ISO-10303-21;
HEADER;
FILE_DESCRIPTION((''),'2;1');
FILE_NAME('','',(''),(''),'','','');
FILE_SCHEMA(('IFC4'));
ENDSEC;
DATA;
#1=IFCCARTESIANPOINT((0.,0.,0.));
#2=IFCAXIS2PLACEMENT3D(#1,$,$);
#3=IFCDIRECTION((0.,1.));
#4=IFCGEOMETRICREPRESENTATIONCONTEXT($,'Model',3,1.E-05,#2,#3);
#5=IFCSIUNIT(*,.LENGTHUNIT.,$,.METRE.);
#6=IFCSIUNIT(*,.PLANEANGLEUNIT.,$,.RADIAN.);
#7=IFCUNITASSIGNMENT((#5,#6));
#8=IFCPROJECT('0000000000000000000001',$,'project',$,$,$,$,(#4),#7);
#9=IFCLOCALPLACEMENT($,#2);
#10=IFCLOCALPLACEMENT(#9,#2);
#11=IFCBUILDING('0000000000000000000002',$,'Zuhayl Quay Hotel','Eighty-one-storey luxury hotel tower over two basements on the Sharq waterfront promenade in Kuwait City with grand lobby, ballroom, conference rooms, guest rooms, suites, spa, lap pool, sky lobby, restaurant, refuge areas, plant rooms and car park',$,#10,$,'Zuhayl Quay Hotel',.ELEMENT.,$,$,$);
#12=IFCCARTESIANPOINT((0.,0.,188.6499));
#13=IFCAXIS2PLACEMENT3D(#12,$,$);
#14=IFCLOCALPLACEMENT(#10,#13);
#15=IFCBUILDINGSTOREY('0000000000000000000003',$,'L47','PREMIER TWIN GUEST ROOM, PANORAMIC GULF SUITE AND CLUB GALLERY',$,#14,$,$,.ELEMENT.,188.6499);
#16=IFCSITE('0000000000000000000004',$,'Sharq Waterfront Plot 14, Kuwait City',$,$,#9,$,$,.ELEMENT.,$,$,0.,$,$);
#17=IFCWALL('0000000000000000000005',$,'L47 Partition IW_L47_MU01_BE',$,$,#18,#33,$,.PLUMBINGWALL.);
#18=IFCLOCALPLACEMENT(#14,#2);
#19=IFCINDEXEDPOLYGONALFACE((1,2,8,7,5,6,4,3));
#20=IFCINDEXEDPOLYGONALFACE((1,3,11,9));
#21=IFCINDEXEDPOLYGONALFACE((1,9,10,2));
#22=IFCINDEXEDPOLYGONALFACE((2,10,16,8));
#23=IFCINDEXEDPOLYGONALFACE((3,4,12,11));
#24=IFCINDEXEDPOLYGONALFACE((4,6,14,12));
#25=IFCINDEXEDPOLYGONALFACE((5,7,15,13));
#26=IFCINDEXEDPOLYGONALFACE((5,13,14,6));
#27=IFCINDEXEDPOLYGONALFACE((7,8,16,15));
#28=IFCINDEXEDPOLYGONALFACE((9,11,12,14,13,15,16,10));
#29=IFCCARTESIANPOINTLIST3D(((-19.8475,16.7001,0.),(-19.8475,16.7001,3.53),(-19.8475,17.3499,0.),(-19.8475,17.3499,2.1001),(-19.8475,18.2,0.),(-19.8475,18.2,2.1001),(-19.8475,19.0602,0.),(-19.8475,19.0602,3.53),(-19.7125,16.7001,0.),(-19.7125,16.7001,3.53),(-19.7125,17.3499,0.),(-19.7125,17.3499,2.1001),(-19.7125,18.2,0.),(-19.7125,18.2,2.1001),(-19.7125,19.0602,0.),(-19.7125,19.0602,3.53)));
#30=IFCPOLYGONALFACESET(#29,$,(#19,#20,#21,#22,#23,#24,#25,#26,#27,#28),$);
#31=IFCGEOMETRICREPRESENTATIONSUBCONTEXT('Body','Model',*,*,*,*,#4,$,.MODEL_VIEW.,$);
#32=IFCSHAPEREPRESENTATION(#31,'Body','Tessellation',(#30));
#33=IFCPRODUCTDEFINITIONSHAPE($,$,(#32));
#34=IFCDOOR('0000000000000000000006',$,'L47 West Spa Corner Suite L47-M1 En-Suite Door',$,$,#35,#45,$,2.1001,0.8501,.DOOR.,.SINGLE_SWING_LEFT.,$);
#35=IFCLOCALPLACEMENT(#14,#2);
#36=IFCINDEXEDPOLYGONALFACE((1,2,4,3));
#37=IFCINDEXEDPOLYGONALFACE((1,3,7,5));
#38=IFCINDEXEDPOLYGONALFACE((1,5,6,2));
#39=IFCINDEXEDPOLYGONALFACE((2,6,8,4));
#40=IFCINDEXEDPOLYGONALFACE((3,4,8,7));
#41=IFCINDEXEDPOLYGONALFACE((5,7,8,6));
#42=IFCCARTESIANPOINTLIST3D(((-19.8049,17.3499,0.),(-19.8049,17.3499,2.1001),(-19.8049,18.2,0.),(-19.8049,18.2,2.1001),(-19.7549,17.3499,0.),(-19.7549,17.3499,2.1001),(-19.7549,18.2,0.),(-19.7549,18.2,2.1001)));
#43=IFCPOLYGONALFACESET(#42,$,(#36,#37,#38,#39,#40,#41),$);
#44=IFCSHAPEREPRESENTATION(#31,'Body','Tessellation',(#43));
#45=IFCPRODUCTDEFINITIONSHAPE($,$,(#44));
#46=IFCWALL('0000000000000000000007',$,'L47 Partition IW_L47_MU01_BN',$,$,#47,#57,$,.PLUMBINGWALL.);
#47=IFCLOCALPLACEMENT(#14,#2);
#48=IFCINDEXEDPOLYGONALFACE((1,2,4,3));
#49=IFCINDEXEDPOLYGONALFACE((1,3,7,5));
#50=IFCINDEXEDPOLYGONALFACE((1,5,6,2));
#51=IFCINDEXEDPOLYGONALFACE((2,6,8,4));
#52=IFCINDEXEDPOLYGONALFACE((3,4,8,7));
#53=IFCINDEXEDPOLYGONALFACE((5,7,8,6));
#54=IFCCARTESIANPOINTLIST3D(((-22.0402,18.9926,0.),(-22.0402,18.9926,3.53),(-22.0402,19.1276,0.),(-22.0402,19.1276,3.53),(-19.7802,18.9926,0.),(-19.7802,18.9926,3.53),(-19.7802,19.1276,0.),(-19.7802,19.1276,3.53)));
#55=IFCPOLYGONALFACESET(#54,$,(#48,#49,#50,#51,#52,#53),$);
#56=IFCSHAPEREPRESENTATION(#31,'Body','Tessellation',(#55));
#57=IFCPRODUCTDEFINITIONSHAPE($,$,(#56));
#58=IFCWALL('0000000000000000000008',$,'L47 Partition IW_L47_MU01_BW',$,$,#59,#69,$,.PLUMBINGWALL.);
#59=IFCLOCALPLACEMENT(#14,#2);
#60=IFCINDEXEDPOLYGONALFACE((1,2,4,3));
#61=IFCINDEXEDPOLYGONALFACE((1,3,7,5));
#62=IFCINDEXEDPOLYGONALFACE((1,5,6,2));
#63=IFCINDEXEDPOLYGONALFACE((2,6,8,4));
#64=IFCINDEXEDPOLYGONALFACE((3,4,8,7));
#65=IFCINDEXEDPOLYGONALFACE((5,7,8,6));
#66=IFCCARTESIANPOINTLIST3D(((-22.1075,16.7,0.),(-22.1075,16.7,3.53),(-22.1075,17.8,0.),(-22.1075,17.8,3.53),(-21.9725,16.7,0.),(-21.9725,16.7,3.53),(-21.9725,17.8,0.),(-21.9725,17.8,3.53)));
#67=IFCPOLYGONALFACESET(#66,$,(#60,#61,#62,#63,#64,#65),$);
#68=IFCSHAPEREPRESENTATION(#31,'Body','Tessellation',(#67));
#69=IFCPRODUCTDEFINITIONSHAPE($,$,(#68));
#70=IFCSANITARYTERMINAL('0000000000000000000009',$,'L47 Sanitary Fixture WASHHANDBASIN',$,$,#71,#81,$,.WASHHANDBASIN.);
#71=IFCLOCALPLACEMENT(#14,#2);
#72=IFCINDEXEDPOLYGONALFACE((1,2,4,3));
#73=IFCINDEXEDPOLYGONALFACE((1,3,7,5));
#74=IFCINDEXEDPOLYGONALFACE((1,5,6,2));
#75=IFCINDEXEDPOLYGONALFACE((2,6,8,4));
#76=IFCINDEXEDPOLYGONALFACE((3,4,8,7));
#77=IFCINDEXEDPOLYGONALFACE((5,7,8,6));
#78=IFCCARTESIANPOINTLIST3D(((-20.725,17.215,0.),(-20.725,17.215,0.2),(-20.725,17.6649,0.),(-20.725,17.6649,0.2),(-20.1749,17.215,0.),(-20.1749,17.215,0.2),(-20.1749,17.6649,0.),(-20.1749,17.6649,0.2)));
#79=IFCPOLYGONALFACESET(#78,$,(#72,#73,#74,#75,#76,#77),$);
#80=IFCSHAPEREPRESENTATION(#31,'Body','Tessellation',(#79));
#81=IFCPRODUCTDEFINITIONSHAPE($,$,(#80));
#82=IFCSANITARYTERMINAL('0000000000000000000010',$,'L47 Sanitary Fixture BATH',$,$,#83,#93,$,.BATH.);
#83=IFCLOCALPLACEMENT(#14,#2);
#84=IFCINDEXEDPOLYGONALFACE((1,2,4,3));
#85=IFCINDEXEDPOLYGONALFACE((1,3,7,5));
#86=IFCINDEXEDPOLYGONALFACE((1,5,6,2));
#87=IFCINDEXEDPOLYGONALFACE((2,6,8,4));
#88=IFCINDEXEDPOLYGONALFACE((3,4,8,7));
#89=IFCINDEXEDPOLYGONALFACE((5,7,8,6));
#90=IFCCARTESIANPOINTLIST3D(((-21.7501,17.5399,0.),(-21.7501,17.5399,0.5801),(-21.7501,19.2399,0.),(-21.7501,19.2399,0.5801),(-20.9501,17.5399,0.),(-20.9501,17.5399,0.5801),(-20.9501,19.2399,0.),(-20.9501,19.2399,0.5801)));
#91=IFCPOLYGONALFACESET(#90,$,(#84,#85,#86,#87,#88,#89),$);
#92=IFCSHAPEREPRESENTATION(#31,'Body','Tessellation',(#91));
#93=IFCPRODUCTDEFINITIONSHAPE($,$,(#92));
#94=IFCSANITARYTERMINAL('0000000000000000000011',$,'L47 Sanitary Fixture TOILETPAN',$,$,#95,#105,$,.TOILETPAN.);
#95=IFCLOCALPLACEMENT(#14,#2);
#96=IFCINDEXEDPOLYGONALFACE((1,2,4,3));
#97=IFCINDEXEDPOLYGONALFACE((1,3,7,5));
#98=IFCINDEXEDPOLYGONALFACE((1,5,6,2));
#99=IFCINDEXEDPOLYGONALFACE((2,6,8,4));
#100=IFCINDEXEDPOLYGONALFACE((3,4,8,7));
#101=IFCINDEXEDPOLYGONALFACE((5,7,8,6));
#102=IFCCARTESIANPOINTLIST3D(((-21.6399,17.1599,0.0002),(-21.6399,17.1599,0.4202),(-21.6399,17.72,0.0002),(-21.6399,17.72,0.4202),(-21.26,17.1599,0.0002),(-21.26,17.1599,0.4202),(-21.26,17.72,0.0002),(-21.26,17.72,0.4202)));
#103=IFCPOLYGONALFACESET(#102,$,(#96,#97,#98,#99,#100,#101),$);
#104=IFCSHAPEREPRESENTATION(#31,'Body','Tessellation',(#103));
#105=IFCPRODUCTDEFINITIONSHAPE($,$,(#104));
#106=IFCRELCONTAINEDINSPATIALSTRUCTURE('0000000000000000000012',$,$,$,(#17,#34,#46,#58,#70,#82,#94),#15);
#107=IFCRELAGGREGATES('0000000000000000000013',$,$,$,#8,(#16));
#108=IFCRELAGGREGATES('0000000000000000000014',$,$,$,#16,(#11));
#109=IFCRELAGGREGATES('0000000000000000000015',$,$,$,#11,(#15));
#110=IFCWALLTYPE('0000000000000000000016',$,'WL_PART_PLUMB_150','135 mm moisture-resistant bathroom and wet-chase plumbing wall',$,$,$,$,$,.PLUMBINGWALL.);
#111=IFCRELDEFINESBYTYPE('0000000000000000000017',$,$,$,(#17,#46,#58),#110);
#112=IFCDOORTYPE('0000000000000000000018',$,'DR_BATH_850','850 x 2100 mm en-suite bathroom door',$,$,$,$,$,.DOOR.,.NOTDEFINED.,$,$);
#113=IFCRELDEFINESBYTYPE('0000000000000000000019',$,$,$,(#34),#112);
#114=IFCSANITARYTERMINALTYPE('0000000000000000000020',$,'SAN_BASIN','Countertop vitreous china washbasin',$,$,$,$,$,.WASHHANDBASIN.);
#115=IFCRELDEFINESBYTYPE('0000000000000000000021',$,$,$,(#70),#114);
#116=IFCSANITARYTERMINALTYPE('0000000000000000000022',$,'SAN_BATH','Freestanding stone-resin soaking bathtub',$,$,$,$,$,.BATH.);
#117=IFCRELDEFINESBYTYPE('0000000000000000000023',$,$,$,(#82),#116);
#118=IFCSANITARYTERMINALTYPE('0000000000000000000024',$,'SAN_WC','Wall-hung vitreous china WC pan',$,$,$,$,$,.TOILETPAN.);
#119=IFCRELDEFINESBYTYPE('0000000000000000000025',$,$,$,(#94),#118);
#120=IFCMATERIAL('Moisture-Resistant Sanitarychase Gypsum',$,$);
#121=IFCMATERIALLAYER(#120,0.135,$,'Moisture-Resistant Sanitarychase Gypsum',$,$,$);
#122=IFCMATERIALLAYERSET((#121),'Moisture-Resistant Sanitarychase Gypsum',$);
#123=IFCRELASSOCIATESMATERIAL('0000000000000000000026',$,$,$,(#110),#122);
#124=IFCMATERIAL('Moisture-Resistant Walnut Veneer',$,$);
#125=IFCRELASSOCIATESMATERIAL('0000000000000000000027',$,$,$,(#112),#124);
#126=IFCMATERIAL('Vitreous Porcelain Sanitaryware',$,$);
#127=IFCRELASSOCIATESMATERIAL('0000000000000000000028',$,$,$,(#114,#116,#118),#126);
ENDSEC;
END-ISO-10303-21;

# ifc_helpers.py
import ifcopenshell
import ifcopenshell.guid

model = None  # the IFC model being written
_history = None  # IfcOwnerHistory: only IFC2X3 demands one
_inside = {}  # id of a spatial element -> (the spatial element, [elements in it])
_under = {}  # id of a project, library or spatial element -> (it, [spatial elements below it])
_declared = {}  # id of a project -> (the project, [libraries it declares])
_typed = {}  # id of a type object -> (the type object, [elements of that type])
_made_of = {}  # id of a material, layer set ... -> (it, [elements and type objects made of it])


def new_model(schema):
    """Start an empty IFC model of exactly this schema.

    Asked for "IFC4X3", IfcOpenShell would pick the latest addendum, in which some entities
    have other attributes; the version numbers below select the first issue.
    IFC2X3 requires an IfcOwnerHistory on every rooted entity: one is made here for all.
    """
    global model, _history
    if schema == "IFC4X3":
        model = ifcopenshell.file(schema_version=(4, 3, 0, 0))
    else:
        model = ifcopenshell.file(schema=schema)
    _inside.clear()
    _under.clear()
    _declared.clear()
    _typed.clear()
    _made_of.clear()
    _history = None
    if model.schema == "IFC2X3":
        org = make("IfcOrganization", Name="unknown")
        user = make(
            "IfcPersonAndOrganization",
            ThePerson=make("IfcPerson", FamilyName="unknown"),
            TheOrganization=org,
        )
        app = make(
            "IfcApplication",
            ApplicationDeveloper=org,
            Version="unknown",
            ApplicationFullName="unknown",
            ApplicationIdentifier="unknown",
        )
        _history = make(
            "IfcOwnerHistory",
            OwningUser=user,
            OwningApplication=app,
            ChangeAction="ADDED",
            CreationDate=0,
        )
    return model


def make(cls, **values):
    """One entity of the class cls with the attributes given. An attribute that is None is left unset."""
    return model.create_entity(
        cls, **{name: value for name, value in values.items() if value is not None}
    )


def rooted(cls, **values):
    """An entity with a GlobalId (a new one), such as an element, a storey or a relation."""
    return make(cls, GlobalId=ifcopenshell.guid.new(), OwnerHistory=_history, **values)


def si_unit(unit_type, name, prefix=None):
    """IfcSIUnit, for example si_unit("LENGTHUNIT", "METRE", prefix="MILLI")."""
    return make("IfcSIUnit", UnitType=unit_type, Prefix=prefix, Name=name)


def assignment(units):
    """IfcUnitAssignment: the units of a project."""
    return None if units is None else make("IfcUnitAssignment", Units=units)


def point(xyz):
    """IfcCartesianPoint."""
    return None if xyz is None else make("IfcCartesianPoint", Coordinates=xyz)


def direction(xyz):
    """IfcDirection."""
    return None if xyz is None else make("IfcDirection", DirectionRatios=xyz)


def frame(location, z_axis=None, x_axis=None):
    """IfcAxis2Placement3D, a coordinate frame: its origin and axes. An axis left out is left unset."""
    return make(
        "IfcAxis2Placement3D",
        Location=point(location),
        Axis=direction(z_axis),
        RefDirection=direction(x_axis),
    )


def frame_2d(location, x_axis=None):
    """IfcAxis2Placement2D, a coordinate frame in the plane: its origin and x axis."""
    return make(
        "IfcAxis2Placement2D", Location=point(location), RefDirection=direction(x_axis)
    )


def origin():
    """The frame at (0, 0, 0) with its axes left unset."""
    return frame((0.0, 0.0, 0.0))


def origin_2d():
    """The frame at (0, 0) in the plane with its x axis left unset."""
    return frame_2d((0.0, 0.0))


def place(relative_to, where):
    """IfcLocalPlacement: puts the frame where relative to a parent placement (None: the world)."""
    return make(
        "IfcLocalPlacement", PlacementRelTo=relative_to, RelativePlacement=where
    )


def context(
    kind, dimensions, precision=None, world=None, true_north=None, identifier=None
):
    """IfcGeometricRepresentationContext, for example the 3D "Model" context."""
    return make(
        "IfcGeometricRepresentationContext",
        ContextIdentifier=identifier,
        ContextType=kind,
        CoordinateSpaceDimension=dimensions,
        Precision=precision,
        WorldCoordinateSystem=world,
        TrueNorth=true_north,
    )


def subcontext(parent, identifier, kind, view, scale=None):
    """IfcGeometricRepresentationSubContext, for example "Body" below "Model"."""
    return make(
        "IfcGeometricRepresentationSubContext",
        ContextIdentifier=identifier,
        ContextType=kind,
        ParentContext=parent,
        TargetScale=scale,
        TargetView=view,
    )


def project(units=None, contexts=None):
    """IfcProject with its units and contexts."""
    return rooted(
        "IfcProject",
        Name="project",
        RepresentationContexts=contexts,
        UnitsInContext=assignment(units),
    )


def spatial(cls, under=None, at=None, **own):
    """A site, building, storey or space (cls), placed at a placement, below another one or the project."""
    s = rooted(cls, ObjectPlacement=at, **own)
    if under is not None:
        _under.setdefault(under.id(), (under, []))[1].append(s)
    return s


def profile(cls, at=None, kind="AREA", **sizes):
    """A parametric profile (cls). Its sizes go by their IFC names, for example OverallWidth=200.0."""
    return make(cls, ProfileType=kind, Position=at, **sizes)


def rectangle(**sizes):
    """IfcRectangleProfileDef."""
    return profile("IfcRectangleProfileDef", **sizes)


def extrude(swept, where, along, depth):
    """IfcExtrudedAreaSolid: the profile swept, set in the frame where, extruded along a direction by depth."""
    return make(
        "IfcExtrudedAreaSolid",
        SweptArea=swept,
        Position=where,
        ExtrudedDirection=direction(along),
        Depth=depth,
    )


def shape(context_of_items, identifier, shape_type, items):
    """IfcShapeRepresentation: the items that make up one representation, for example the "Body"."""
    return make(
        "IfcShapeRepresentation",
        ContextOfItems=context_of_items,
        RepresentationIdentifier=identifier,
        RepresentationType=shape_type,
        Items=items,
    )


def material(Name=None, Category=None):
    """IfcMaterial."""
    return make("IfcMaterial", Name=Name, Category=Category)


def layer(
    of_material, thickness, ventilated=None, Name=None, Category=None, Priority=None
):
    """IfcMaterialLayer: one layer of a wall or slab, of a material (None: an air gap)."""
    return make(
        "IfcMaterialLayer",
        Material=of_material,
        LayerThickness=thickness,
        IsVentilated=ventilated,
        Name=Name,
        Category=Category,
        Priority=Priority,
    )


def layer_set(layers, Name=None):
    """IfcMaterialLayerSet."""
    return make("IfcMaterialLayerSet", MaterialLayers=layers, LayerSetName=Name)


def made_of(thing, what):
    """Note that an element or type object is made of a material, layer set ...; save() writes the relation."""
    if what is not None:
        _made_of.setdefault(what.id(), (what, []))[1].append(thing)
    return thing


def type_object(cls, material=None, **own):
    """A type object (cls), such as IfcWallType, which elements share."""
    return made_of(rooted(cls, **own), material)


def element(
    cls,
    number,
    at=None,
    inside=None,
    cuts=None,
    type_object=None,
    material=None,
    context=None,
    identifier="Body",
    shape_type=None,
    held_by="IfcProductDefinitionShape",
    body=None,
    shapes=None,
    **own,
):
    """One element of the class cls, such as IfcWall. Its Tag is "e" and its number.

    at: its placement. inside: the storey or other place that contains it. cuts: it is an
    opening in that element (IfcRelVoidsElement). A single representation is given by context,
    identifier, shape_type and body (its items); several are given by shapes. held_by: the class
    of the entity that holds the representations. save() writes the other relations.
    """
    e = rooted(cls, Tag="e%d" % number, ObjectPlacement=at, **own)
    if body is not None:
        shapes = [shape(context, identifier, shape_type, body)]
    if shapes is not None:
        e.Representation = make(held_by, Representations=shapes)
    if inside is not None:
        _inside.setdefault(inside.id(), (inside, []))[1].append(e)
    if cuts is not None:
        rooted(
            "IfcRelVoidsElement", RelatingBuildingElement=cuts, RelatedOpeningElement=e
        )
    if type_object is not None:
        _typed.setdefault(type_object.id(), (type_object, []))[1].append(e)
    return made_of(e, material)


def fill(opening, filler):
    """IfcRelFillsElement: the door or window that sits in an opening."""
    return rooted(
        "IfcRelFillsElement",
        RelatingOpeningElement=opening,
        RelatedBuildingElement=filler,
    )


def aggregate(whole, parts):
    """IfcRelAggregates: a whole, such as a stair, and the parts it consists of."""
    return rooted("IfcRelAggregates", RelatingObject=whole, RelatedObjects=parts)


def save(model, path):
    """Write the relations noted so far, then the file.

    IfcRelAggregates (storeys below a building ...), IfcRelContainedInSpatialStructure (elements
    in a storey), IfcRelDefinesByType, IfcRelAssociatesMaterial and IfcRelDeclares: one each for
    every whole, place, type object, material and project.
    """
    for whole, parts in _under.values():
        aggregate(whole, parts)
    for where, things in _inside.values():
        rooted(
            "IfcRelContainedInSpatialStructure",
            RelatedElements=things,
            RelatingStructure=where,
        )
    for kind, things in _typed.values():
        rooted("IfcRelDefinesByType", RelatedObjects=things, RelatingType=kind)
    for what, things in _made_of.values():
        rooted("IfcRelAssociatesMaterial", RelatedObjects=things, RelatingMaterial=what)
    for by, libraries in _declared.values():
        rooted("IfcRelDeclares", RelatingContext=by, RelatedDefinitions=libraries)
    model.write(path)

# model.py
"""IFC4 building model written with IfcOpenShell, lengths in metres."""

from ifc_helpers import new_model, si_unit, direction, frame, frame_2d, origin, origin_2d, place, context, subcontext, project, spatial, rectangle, extrude, material, layer, layer_set, type_object, element, fill, save


model = new_model("IFC4")

# Units and contexts
model_context = context("Model", 3, precision=1e-05, world=origin(), true_north=direction((0.0, 1.0)))
body_context = subcontext(model_context, "Body", "Model", "MODEL_VIEW")
ifc_project = project(units=[si_unit("LENGTHUNIT", "METRE"), si_unit("PLANEANGLEUNIT", "RADIAN")], contexts=[model_context])

# Site, building, storey
site_placement = place(None, origin())
site = spatial("IfcSite", under=ifc_project, at=site_placement, Name="Sharq Waterfront Plot 14, Kuwait City", CompositionType="ELEMENT", RefElevation=0.0)
building_placement = place(site_placement, origin())
building = spatial("IfcBuilding", under=site, at=building_placement, Name="Zuhayl Quay Hotel", Description="Eighty-one-storey luxury hotel tower over two basements on the Sharq waterfront promenade in Kuwait City with grand lobby, ballroom, conference rooms, guest rooms, suites, spa, lap pool, sky lobby, restaurant, refuge areas, plant rooms and car park", LongName="Zuhayl Quay Hotel", CompositionType="ELEMENT")
storey_placement = place(building_placement, frame((0.0, 0.0, 188.6499)))
storey = spatial("IfcBuildingStorey", under=building, at=storey_placement, Name="L47", Description="PREMIER TWIN GUEST ROOM, PANORAMIC GULF SUITE AND CLUB GALLERY", CompositionType="ELEMENT", Elevation=188.6499)

# Wall, opening, door
ifc_material_1 = material(Name="Moisture-Resistant Sanitarychase Gypsum")
ifc_layer_1 = layer(ifc_material_1, 0.135, Name="Moisture-Resistant Sanitarychase Gypsum")
ifc_layer_set_1 = layer_set([ifc_layer_1], Name="Moisture-Resistant Sanitarychase Gypsum")
wall_type_1 = type_object("IfcWallType", Name="WL_PART_PLUMB_150", Description="135 mm moisture-resistant bathroom and wet-chase plumbing wall", PredefinedType="PLUMBINGWALL", material=ifc_layer_set_1)
wall_1_placement = place(storey_placement, frame((-19.78, 16.7, 0.0), z_axis=(0.0, 0.0, 1.0), x_axis=(0.0, 1.0, 0.0)))
wall_1 = element("IfcWall", 1, at=wall_1_placement, inside=storey, type_object=wall_type_1, Name="L47 Partition IW_L47_MU01_BE", PredefinedType="PLUMBINGWALL", context=body_context, shape_type="SweptSolid", body=[
    extrude(rectangle(XDim=2.3601, YDim=0.135, at=frame_2d((1.1802, 0.0))), origin(), (0.0, 0.0, 1.0), 3.53),
])
opening_1_placement = place(wall_1_placement, frame((0.6499, 0.0, 0.0)))
opening_1 = element("IfcOpeningElement", 2, at=opening_1_placement, cuts=wall_1, PredefinedType="OPENING", context=body_context, shape_type="SweptSolid", body=[
    extrude(rectangle(XDim=0.8501, YDim=2.1001, at=frame_2d((0.425, 1.05))), frame((0.0, 0.0774, 0.0), z_axis=(0.0, -1.0, 0.0), x_axis=(1.0, 0.0, 0.0)), (0.0, 0.0, 1.0), 0.155),
])
ifc_material_2 = material(Name="Moisture-Resistant Walnut Veneer")
door_type_1 = type_object("IfcDoorType", Name="DR_BATH_850", Description="850 x 2100 mm en-suite bathroom door", OperationType="NOTDEFINED", PredefinedType="DOOR", material=ifc_material_2)
door_1_placement = place(opening_1_placement, origin())
door_1 = element("IfcDoor", 3, at=door_1_placement, inside=storey, type_object=door_type_1, Name="L47 West Spa Corner Suite L47-M1 En-Suite Door", OperationType="SINGLE_SWING_LEFT", OverallHeight=2.1001, OverallWidth=0.8501, PredefinedType="DOOR", context=body_context, shape_type="SweptSolid", body=[
    extrude(rectangle(XDim=0.8501, YDim=2.1001, at=frame_2d((0.425, 1.05))), frame((0.0, 0.0249, 0.0), z_axis=(0.0, -1.0, 0.0), x_axis=(1.0, 0.0, 0.0)), (0.0, 0.0, 1.0), 0.05),
])
fill(opening_1, door_1)

# Walls
wall_2_placement = place(storey_placement, frame((-22.04, 19.0601, 0.0), z_axis=(0.0, 0.0, 1.0), x_axis=(1.0, 0.0, 0.0)))
element("IfcWall", 4, at=wall_2_placement, inside=storey, type_object=wall_type_1, Name="L47 Partition IW_L47_MU01_BN", PredefinedType="PLUMBINGWALL", context=body_context, shape_type="SweptSolid", body=[
    extrude(rectangle(XDim=2.26, YDim=0.135, at=frame_2d((1.1299, 0.0))), origin(), (0.0, 0.0, 1.0), 3.53),
])
wall_3_placement = place(storey_placement, frame((-22.04, 16.7, 0.0), z_axis=(0.0, 0.0, 1.0), x_axis=(0.0, 1.0, 0.0)))
element("IfcWall", 5, at=wall_3_placement, inside=storey, type_object=wall_type_1, Name="L47 Partition IW_L47_MU01_BW", PredefinedType="PLUMBINGWALL", context=body_context, shape_type="SweptSolid", body=[
    extrude(rectangle(XDim=1.1001, YDim=0.135, at=frame_2d((0.55, 0.0))), origin(), (0.0, 0.0, 1.0), 3.53),
])

# Sanitary terminals
ifc_material_3 = material(Name="Vitreous Porcelain Sanitaryware")
sanitary_terminal_type_1 = type_object("IfcSanitaryTerminalType", Name="SAN_BASIN", Description="Countertop vitreous china washbasin", PredefinedType="WASHHANDBASIN", material=ifc_material_3)
sanitary_terminal_1_placement = place(storey_placement, frame((-20.45, 17.4399, 0.0), z_axis=(0.0, 0.0, 1.0), x_axis=(1.0, 0.0, 0.0)))
element("IfcSanitaryTerminal", 6, at=sanitary_terminal_1_placement, inside=storey, type_object=sanitary_terminal_type_1, Name="L47 Sanitary Fixture WASHHANDBASIN", PredefinedType="WASHHANDBASIN", context=body_context, shape_type="SweptSolid", body=[
    extrude(rectangle(XDim=0.55, YDim=0.45, at=origin_2d()), origin(), (0.0, 0.0, 1.0), 0.2),
])
sanitary_terminal_type_2 = type_object("IfcSanitaryTerminalType", Name="SAN_BATH", Description="Freestanding stone-resin soaking bathtub", PredefinedType="BATH", material=ifc_material_3)
sanitary_terminal_2_placement = place(storey_placement, frame((-21.3501, 18.3899, 0.0), z_axis=(0.0, 0.0, 1.0), x_axis=(1.0, 0.0, 0.0)))
element("IfcSanitaryTerminal", 7, at=sanitary_terminal_2_placement, inside=storey, type_object=sanitary_terminal_type_2, Name="L47 Sanitary Fixture BATH", PredefinedType="BATH", context=body_context, shape_type="SweptSolid", body=[
    extrude(rectangle(XDim=0.8, YDim=1.7, at=origin_2d()), origin(), (0.0, 0.0, 1.0), 0.5801),
])
sanitary_terminal_type_3 = type_object("IfcSanitaryTerminalType", Name="SAN_WC", Description="Wall-hung vitreous china WC pan", PredefinedType="TOILETPAN", material=ifc_material_3)
sanitary_terminal_3_placement = place(storey_placement, frame((-21.45, 17.4399, 0.0002), z_axis=(0.0, 0.0, 1.0), x_axis=(1.0, 0.0, 0.0)))
element("IfcSanitaryTerminal", 8, at=sanitary_terminal_3_placement, inside=storey, type_object=sanitary_terminal_type_3, Name="L47 Sanitary Fixture TOILETPAN", PredefinedType="TOILETPAN", context=body_context, shape_type="SweptSolid", body=[
    extrude(rectangle(XDim=0.3799, YDim=0.5601, at=origin_2d()), origin(), (0.0, 0.0, 1.0), 0.4199),
])

save(model, "model.ifc")
